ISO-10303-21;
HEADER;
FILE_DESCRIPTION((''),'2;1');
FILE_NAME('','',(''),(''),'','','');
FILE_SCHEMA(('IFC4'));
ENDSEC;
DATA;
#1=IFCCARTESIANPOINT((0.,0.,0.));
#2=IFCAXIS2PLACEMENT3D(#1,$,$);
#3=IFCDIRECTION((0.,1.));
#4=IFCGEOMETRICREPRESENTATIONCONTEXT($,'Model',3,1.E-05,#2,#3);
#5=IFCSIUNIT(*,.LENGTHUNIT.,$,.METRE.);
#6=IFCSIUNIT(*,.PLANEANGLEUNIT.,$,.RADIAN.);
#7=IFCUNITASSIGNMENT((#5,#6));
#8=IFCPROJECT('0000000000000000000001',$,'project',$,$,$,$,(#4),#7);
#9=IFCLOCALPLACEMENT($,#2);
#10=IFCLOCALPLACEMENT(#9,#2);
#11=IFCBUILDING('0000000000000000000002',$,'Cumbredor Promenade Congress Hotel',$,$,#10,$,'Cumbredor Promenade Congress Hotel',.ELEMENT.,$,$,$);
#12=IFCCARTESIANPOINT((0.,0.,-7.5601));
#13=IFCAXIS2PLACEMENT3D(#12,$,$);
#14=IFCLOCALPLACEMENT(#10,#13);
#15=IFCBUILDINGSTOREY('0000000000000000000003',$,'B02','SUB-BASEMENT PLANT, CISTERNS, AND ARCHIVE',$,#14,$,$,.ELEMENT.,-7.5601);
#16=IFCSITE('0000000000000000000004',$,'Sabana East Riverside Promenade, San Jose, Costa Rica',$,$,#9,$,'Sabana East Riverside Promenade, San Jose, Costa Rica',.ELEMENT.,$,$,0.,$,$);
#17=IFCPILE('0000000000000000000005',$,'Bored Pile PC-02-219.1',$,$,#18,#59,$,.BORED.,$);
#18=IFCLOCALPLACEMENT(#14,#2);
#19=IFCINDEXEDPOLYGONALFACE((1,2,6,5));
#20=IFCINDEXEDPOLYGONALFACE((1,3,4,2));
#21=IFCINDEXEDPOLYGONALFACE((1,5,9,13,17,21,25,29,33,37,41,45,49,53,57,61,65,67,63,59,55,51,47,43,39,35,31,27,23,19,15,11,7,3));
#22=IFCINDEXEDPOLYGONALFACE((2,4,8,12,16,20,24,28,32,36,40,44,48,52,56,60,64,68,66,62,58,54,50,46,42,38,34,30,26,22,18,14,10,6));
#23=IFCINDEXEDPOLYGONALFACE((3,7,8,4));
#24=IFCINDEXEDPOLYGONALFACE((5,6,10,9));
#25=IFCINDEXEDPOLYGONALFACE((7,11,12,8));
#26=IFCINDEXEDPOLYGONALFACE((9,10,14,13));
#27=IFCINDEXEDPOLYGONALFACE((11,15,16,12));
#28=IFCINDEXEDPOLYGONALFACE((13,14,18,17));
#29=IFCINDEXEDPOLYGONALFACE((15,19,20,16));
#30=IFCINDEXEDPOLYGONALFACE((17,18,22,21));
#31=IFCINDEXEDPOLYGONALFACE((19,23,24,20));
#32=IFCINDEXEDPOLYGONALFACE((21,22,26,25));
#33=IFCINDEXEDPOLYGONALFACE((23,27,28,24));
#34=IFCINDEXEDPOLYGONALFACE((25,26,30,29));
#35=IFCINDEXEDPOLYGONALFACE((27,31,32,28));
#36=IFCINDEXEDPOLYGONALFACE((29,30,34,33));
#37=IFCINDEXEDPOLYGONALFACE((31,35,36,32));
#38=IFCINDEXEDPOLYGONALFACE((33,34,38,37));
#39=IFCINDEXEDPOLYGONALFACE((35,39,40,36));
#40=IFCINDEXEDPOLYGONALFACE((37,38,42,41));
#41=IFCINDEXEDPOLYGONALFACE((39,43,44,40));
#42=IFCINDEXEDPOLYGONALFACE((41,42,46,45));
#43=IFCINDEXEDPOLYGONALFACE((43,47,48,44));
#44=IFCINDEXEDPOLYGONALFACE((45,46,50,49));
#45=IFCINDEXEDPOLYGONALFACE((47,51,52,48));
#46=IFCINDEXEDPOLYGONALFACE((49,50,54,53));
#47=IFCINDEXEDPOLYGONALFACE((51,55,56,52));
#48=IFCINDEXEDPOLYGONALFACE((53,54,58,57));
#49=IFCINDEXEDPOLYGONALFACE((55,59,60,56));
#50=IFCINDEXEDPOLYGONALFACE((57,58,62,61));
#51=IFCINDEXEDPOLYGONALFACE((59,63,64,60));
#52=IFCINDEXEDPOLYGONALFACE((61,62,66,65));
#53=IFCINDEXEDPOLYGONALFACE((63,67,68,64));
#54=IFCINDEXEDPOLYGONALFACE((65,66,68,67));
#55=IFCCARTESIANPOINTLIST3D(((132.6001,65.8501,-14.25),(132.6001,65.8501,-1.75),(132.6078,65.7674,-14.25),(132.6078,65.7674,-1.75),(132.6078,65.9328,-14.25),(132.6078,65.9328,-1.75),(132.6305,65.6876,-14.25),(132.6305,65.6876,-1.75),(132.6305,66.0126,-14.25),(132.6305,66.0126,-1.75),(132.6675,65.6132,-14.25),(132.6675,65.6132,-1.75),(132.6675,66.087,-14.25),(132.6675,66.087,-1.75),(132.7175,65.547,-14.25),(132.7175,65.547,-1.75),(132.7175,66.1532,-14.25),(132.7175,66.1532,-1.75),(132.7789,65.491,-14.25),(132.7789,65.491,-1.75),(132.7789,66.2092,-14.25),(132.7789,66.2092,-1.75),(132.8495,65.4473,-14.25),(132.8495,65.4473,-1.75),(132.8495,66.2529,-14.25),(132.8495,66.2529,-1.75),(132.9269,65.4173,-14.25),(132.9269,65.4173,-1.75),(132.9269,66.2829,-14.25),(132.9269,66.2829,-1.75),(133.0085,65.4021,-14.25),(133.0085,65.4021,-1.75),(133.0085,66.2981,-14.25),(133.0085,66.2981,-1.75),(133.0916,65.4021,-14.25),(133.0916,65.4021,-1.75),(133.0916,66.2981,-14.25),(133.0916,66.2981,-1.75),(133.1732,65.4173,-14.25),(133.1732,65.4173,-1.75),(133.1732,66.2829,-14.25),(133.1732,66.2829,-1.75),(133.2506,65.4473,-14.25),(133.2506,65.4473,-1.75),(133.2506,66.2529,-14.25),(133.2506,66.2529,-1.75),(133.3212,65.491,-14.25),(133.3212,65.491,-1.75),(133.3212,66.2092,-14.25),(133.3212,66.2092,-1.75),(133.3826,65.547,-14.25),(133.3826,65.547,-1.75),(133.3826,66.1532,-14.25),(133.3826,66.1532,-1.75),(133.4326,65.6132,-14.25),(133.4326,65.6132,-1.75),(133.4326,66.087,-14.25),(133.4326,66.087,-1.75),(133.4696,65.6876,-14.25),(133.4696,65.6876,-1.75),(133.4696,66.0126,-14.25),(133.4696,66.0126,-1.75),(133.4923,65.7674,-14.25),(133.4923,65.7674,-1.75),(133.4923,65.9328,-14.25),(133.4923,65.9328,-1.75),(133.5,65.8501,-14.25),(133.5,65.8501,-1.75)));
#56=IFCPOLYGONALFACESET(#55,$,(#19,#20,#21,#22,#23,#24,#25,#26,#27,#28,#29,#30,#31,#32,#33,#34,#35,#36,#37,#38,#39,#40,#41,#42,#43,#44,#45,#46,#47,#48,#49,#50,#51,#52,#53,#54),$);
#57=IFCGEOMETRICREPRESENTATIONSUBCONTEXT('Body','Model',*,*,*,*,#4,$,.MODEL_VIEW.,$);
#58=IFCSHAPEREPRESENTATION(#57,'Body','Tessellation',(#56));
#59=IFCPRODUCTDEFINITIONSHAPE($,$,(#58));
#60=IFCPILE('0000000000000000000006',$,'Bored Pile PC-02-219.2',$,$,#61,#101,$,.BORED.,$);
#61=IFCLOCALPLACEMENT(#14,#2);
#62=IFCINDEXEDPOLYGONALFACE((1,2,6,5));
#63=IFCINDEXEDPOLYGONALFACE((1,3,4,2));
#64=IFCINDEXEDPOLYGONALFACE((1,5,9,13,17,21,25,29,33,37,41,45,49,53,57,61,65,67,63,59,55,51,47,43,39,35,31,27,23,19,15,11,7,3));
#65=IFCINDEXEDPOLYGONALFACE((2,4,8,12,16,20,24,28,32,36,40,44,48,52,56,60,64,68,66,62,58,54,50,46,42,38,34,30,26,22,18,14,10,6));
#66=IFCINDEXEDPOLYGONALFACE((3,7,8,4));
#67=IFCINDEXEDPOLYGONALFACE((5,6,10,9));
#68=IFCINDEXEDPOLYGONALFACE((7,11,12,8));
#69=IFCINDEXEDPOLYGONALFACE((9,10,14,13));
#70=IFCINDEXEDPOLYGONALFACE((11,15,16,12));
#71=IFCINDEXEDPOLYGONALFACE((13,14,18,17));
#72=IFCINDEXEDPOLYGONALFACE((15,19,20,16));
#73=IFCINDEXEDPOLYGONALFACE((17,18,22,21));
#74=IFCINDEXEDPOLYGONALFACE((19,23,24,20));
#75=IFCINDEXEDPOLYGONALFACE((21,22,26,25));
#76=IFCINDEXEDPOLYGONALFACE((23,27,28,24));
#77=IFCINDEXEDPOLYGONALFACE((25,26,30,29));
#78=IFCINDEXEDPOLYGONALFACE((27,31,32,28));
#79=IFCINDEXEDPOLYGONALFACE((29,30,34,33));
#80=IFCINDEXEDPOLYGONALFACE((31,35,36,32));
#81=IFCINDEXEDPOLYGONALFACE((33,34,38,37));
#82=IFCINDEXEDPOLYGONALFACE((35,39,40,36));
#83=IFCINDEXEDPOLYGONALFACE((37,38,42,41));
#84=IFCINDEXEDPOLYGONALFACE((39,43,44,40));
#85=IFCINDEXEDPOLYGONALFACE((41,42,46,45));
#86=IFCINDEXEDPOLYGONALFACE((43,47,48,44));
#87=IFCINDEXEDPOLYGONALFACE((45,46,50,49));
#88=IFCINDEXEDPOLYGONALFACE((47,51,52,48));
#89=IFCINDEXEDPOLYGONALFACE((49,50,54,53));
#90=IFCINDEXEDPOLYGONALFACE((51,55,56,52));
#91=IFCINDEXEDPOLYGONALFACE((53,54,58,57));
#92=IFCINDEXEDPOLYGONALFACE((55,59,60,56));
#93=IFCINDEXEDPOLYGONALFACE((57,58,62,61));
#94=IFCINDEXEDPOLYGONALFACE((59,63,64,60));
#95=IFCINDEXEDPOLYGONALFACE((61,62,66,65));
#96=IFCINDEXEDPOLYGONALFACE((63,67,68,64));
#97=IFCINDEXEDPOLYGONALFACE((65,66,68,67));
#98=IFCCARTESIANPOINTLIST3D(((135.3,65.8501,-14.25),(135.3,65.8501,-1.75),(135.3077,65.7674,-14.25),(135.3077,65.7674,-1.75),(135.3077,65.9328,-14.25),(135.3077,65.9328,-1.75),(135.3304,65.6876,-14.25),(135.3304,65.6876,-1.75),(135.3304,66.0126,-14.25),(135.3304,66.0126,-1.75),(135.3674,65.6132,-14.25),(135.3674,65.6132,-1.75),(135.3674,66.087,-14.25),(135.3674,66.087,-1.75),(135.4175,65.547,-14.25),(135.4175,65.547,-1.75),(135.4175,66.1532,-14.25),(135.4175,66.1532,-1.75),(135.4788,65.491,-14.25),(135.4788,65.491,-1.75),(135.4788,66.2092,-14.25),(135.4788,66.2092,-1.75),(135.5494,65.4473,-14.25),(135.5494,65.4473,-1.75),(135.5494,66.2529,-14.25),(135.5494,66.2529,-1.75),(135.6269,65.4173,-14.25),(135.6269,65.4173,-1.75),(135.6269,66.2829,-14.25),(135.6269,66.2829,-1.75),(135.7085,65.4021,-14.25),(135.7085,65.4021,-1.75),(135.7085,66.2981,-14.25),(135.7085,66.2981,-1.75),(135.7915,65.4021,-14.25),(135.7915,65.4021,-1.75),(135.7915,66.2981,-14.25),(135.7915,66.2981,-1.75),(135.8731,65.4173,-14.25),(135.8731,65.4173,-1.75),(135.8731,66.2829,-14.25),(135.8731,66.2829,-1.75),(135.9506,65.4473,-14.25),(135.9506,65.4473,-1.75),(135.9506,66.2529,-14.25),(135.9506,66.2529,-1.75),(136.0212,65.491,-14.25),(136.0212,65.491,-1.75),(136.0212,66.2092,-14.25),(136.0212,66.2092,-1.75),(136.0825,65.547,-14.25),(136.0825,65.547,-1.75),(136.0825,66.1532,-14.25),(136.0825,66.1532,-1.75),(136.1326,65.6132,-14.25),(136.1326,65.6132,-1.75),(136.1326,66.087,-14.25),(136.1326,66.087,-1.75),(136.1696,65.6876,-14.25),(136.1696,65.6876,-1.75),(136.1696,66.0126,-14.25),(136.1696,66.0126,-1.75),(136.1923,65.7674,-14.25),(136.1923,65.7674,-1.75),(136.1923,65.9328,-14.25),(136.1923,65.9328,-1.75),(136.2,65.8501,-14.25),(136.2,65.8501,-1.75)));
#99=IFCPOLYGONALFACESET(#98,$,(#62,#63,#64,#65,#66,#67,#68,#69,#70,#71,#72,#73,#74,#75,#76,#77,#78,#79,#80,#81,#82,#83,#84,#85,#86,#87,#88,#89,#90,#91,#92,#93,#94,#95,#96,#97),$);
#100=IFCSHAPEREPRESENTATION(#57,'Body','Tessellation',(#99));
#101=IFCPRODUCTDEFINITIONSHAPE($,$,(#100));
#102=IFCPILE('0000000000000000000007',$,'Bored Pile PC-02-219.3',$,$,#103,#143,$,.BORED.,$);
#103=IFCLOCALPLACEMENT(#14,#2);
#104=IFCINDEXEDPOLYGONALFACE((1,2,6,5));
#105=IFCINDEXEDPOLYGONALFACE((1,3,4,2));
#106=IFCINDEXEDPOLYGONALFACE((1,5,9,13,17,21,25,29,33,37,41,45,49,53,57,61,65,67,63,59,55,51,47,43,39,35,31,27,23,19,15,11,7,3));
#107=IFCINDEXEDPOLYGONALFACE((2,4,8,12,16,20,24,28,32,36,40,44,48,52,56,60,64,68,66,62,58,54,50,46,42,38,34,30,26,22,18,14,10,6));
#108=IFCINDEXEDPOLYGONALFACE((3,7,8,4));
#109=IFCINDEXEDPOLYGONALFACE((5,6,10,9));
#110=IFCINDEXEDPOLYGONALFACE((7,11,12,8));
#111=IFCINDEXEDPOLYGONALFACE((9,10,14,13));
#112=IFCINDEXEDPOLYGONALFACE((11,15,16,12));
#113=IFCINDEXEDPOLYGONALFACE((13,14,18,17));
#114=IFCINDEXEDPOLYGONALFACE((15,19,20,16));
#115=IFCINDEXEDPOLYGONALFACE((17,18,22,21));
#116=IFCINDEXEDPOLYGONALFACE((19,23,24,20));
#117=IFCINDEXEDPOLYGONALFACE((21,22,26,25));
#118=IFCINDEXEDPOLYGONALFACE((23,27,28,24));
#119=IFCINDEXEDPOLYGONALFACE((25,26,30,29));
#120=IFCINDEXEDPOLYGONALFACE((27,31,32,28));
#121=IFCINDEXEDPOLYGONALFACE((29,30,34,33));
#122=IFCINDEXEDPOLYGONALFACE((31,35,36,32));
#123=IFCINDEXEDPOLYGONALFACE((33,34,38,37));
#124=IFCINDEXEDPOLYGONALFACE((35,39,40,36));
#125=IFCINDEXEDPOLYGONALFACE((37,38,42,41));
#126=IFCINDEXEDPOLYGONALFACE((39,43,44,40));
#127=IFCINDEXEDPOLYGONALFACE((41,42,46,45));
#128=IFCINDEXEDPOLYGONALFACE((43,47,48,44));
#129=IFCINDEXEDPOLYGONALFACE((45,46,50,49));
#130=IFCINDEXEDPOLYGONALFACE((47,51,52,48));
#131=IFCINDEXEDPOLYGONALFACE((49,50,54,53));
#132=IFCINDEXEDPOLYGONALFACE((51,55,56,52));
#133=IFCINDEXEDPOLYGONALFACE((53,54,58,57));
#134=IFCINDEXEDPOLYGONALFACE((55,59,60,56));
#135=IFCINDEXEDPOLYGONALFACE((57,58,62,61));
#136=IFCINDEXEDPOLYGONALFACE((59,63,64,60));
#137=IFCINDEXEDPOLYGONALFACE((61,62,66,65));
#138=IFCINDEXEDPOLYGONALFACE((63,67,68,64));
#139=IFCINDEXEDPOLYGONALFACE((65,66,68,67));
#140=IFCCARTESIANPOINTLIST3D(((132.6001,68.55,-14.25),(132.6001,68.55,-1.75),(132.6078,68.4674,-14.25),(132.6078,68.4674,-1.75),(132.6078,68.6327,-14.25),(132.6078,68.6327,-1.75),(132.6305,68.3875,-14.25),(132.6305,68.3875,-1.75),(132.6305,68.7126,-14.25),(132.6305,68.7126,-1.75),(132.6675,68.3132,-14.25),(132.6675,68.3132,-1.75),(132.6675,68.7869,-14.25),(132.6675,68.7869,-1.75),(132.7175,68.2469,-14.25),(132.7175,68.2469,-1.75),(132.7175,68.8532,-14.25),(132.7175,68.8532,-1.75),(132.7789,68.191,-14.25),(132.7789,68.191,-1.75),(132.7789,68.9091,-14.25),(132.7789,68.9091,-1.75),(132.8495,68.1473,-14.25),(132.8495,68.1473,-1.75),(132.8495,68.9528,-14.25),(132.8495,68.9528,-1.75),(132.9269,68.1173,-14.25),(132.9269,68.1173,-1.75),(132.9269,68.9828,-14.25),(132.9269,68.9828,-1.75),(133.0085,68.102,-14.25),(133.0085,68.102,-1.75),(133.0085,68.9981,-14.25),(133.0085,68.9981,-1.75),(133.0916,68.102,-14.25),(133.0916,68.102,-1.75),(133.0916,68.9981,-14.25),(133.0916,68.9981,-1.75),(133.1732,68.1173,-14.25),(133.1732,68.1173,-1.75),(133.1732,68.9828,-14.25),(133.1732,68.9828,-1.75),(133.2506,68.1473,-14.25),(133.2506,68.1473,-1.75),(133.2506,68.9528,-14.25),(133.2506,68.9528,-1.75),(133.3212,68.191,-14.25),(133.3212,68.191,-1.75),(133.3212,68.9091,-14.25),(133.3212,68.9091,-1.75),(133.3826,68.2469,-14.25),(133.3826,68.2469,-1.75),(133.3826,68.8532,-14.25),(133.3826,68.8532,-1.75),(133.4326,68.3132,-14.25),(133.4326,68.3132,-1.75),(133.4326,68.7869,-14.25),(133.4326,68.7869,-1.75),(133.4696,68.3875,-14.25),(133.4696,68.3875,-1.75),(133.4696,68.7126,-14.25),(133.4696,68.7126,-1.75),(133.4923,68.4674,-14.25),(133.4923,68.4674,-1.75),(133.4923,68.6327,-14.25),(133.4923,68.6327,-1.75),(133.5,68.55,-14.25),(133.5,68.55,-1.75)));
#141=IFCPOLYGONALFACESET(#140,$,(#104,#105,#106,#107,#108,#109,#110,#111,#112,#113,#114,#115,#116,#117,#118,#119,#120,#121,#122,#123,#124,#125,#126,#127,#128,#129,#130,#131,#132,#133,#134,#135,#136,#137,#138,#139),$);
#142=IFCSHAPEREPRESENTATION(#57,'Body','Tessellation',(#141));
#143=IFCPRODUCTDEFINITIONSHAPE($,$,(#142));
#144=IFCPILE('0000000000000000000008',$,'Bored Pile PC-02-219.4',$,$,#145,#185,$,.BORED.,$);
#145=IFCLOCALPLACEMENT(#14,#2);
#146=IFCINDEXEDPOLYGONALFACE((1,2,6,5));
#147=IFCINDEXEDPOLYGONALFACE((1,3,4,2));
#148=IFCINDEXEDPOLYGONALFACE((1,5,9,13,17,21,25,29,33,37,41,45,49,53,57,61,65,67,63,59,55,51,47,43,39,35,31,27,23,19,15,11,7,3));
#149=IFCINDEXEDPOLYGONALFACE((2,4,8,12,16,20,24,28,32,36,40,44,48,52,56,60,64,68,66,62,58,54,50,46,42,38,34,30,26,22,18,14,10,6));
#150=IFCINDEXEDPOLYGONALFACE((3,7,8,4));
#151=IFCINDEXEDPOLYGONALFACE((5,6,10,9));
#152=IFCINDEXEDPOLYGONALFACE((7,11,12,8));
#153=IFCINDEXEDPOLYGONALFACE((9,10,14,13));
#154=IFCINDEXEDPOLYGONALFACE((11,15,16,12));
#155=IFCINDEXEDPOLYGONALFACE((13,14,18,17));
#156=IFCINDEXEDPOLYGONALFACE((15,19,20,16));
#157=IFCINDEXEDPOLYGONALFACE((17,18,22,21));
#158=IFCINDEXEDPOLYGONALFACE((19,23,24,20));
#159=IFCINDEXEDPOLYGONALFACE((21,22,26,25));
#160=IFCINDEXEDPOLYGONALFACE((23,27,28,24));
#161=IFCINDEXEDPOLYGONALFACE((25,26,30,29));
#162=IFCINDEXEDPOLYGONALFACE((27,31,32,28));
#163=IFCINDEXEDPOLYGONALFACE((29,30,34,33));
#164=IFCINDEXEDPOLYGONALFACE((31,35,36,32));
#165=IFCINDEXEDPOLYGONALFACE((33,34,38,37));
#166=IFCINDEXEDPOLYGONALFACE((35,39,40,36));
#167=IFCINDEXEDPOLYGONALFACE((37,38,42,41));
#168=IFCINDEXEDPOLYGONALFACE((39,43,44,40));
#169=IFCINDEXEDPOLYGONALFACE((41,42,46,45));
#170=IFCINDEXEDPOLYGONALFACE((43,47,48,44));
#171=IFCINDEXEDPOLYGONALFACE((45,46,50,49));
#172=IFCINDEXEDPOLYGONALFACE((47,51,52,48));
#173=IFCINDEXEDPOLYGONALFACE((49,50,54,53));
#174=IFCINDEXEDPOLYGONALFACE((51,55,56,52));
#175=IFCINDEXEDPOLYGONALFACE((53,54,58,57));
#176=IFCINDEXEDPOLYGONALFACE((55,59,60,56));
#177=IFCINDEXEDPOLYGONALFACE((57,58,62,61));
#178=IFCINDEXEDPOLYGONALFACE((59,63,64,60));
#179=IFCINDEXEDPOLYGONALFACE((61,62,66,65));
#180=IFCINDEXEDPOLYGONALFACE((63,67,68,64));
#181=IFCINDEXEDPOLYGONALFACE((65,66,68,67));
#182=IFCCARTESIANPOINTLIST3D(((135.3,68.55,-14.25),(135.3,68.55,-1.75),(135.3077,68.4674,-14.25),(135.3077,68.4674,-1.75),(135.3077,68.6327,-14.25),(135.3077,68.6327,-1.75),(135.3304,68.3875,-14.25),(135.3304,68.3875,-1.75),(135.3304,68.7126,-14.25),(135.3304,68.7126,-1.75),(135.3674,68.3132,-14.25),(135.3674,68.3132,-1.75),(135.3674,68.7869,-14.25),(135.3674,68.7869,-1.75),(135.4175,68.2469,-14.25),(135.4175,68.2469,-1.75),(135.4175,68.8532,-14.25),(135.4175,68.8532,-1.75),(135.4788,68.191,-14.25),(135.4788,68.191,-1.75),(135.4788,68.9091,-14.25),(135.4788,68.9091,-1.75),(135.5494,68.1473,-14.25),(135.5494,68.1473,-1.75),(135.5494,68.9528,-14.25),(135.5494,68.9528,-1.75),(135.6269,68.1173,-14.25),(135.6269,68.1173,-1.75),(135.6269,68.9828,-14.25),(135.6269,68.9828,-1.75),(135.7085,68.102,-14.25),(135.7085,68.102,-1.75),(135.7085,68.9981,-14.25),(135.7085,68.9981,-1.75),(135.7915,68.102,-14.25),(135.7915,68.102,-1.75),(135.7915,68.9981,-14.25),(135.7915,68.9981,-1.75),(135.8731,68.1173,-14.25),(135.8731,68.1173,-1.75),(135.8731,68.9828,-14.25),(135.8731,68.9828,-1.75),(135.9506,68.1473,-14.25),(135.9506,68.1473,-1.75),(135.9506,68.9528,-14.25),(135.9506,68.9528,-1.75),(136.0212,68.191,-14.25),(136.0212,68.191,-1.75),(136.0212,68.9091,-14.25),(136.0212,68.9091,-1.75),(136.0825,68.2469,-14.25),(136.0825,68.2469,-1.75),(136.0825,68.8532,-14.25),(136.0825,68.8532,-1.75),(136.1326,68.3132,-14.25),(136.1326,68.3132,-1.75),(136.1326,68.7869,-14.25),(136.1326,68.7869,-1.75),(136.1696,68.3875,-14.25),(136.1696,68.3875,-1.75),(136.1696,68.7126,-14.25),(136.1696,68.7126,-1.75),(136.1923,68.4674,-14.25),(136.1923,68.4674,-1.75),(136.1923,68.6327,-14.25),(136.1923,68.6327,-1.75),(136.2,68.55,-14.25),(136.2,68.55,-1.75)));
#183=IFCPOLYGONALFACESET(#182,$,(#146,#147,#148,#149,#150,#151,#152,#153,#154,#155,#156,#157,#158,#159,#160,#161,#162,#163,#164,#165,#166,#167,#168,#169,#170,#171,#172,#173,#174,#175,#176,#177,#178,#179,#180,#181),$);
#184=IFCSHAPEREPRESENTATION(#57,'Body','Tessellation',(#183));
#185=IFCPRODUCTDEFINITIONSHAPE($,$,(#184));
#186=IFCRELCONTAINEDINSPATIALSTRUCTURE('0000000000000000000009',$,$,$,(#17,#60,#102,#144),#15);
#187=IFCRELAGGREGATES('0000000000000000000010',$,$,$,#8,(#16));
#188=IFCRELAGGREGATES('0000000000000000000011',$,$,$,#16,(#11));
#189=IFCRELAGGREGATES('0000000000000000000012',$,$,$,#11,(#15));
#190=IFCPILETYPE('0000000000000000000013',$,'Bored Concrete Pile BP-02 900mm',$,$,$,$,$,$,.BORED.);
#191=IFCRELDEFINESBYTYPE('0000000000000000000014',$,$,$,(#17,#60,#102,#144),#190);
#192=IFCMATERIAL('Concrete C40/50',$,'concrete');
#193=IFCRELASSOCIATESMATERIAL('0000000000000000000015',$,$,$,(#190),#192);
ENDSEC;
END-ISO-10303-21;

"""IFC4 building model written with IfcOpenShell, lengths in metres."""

from ifc_helpers import new_model, si_unit, direction, frame, origin, origin_2d, place, context, subcontext, project, spatial, circle, extrude, material, material_profile, profile_set, type_object, element, save


model = new_model("IFC4")

# Units and contexts
model_context = context("Model", 3, precision=1e-05, world=origin(), true_north=direction((0.0, 1.0)))
body_context = subcontext(model_context, "Body", "Model", "MODEL_VIEW")
ifc_project = project(units=[si_unit("LENGTHUNIT", "METRE"), si_unit("PLANEANGLEUNIT", "RADIAN")], contexts=[model_context])

# Site, building, storey
site_placement = place(None, origin())
site = spatial("IfcSite", under=ifc_project, at=site_placement, Name="Sabana East Riverside Promenade, San Jose, Costa Rica", LongName="Sabana East Riverside Promenade, San Jose, Costa Rica", CompositionType="ELEMENT", RefElevation=0.0)
building_placement = place(site_placement, origin())
building = spatial("IfcBuilding", under=site, at=building_placement, Name="Cumbredor Promenade Congress Hotel", LongName="Cumbredor Promenade Congress Hotel", CompositionType="ELEMENT")
storey_placement = place(building_placement, frame((0.0, 0.0, -7.5601)))
storey = spatial("IfcBuildingStorey", under=building, at=storey_placement, Name="B02", Description="SUB-BASEMENT PLANT, CISTERNS, AND ARCHIVE", CompositionType="ELEMENT", Elevation=-7.5601)

# Piles
ifc_material_1 = material(Name="Concrete C40/50", Category="concrete")
ifc_material_profile_1 = material_profile(ifc_material_1, circle(Radius=0.45, at=origin_2d()), Name="PILE D900")
ifc_profile_set_1 = profile_set([ifc_material_profile_1], Name="Concrete C40/50")
pile_type = type_object("IfcPileType", Name="Bored Concrete Pile BP-02 900mm", PredefinedType="BORED", material=ifc_profile_set_1)
for number, where, z_axis, x_axis, name in (
    (1, (133.05, 65.8501, -1.75), (0.0, 0.0, -1.0), (1.0, 0.0, 0.0), "Bored Pile PC-02-219.1"),
    (2, (135.75, 65.8501, -1.75), (0.0, 0.0, -1.0), (1.0, 0.0, 0.0), "Bored Pile PC-02-219.2"),
    (3, (133.05, 68.55, -1.75), (0.0, 0.0, -1.0), (1.0, 0.0, 0.0), "Bored Pile PC-02-219.3"),
    (4, (135.75, 68.55, -1.75), (0.0, 0.0, -1.0), (1.0, 0.0, 0.0), "Bored Pile PC-02-219.4"),
):
    element("IfcPile", number, at=place(storey_placement, frame(where, z_axis=z_axis, x_axis=x_axis)), inside=storey, type_object=pile_type, Name=name, PredefinedType="BORED", context=body_context, shape_type="SweptSolid", body=[
        extrude(circle(Radius=0.45, at=origin_2d()), origin(), (0.0, 0.0, 1.0), 12.5),
    ])

save(model, "model.ifc")
